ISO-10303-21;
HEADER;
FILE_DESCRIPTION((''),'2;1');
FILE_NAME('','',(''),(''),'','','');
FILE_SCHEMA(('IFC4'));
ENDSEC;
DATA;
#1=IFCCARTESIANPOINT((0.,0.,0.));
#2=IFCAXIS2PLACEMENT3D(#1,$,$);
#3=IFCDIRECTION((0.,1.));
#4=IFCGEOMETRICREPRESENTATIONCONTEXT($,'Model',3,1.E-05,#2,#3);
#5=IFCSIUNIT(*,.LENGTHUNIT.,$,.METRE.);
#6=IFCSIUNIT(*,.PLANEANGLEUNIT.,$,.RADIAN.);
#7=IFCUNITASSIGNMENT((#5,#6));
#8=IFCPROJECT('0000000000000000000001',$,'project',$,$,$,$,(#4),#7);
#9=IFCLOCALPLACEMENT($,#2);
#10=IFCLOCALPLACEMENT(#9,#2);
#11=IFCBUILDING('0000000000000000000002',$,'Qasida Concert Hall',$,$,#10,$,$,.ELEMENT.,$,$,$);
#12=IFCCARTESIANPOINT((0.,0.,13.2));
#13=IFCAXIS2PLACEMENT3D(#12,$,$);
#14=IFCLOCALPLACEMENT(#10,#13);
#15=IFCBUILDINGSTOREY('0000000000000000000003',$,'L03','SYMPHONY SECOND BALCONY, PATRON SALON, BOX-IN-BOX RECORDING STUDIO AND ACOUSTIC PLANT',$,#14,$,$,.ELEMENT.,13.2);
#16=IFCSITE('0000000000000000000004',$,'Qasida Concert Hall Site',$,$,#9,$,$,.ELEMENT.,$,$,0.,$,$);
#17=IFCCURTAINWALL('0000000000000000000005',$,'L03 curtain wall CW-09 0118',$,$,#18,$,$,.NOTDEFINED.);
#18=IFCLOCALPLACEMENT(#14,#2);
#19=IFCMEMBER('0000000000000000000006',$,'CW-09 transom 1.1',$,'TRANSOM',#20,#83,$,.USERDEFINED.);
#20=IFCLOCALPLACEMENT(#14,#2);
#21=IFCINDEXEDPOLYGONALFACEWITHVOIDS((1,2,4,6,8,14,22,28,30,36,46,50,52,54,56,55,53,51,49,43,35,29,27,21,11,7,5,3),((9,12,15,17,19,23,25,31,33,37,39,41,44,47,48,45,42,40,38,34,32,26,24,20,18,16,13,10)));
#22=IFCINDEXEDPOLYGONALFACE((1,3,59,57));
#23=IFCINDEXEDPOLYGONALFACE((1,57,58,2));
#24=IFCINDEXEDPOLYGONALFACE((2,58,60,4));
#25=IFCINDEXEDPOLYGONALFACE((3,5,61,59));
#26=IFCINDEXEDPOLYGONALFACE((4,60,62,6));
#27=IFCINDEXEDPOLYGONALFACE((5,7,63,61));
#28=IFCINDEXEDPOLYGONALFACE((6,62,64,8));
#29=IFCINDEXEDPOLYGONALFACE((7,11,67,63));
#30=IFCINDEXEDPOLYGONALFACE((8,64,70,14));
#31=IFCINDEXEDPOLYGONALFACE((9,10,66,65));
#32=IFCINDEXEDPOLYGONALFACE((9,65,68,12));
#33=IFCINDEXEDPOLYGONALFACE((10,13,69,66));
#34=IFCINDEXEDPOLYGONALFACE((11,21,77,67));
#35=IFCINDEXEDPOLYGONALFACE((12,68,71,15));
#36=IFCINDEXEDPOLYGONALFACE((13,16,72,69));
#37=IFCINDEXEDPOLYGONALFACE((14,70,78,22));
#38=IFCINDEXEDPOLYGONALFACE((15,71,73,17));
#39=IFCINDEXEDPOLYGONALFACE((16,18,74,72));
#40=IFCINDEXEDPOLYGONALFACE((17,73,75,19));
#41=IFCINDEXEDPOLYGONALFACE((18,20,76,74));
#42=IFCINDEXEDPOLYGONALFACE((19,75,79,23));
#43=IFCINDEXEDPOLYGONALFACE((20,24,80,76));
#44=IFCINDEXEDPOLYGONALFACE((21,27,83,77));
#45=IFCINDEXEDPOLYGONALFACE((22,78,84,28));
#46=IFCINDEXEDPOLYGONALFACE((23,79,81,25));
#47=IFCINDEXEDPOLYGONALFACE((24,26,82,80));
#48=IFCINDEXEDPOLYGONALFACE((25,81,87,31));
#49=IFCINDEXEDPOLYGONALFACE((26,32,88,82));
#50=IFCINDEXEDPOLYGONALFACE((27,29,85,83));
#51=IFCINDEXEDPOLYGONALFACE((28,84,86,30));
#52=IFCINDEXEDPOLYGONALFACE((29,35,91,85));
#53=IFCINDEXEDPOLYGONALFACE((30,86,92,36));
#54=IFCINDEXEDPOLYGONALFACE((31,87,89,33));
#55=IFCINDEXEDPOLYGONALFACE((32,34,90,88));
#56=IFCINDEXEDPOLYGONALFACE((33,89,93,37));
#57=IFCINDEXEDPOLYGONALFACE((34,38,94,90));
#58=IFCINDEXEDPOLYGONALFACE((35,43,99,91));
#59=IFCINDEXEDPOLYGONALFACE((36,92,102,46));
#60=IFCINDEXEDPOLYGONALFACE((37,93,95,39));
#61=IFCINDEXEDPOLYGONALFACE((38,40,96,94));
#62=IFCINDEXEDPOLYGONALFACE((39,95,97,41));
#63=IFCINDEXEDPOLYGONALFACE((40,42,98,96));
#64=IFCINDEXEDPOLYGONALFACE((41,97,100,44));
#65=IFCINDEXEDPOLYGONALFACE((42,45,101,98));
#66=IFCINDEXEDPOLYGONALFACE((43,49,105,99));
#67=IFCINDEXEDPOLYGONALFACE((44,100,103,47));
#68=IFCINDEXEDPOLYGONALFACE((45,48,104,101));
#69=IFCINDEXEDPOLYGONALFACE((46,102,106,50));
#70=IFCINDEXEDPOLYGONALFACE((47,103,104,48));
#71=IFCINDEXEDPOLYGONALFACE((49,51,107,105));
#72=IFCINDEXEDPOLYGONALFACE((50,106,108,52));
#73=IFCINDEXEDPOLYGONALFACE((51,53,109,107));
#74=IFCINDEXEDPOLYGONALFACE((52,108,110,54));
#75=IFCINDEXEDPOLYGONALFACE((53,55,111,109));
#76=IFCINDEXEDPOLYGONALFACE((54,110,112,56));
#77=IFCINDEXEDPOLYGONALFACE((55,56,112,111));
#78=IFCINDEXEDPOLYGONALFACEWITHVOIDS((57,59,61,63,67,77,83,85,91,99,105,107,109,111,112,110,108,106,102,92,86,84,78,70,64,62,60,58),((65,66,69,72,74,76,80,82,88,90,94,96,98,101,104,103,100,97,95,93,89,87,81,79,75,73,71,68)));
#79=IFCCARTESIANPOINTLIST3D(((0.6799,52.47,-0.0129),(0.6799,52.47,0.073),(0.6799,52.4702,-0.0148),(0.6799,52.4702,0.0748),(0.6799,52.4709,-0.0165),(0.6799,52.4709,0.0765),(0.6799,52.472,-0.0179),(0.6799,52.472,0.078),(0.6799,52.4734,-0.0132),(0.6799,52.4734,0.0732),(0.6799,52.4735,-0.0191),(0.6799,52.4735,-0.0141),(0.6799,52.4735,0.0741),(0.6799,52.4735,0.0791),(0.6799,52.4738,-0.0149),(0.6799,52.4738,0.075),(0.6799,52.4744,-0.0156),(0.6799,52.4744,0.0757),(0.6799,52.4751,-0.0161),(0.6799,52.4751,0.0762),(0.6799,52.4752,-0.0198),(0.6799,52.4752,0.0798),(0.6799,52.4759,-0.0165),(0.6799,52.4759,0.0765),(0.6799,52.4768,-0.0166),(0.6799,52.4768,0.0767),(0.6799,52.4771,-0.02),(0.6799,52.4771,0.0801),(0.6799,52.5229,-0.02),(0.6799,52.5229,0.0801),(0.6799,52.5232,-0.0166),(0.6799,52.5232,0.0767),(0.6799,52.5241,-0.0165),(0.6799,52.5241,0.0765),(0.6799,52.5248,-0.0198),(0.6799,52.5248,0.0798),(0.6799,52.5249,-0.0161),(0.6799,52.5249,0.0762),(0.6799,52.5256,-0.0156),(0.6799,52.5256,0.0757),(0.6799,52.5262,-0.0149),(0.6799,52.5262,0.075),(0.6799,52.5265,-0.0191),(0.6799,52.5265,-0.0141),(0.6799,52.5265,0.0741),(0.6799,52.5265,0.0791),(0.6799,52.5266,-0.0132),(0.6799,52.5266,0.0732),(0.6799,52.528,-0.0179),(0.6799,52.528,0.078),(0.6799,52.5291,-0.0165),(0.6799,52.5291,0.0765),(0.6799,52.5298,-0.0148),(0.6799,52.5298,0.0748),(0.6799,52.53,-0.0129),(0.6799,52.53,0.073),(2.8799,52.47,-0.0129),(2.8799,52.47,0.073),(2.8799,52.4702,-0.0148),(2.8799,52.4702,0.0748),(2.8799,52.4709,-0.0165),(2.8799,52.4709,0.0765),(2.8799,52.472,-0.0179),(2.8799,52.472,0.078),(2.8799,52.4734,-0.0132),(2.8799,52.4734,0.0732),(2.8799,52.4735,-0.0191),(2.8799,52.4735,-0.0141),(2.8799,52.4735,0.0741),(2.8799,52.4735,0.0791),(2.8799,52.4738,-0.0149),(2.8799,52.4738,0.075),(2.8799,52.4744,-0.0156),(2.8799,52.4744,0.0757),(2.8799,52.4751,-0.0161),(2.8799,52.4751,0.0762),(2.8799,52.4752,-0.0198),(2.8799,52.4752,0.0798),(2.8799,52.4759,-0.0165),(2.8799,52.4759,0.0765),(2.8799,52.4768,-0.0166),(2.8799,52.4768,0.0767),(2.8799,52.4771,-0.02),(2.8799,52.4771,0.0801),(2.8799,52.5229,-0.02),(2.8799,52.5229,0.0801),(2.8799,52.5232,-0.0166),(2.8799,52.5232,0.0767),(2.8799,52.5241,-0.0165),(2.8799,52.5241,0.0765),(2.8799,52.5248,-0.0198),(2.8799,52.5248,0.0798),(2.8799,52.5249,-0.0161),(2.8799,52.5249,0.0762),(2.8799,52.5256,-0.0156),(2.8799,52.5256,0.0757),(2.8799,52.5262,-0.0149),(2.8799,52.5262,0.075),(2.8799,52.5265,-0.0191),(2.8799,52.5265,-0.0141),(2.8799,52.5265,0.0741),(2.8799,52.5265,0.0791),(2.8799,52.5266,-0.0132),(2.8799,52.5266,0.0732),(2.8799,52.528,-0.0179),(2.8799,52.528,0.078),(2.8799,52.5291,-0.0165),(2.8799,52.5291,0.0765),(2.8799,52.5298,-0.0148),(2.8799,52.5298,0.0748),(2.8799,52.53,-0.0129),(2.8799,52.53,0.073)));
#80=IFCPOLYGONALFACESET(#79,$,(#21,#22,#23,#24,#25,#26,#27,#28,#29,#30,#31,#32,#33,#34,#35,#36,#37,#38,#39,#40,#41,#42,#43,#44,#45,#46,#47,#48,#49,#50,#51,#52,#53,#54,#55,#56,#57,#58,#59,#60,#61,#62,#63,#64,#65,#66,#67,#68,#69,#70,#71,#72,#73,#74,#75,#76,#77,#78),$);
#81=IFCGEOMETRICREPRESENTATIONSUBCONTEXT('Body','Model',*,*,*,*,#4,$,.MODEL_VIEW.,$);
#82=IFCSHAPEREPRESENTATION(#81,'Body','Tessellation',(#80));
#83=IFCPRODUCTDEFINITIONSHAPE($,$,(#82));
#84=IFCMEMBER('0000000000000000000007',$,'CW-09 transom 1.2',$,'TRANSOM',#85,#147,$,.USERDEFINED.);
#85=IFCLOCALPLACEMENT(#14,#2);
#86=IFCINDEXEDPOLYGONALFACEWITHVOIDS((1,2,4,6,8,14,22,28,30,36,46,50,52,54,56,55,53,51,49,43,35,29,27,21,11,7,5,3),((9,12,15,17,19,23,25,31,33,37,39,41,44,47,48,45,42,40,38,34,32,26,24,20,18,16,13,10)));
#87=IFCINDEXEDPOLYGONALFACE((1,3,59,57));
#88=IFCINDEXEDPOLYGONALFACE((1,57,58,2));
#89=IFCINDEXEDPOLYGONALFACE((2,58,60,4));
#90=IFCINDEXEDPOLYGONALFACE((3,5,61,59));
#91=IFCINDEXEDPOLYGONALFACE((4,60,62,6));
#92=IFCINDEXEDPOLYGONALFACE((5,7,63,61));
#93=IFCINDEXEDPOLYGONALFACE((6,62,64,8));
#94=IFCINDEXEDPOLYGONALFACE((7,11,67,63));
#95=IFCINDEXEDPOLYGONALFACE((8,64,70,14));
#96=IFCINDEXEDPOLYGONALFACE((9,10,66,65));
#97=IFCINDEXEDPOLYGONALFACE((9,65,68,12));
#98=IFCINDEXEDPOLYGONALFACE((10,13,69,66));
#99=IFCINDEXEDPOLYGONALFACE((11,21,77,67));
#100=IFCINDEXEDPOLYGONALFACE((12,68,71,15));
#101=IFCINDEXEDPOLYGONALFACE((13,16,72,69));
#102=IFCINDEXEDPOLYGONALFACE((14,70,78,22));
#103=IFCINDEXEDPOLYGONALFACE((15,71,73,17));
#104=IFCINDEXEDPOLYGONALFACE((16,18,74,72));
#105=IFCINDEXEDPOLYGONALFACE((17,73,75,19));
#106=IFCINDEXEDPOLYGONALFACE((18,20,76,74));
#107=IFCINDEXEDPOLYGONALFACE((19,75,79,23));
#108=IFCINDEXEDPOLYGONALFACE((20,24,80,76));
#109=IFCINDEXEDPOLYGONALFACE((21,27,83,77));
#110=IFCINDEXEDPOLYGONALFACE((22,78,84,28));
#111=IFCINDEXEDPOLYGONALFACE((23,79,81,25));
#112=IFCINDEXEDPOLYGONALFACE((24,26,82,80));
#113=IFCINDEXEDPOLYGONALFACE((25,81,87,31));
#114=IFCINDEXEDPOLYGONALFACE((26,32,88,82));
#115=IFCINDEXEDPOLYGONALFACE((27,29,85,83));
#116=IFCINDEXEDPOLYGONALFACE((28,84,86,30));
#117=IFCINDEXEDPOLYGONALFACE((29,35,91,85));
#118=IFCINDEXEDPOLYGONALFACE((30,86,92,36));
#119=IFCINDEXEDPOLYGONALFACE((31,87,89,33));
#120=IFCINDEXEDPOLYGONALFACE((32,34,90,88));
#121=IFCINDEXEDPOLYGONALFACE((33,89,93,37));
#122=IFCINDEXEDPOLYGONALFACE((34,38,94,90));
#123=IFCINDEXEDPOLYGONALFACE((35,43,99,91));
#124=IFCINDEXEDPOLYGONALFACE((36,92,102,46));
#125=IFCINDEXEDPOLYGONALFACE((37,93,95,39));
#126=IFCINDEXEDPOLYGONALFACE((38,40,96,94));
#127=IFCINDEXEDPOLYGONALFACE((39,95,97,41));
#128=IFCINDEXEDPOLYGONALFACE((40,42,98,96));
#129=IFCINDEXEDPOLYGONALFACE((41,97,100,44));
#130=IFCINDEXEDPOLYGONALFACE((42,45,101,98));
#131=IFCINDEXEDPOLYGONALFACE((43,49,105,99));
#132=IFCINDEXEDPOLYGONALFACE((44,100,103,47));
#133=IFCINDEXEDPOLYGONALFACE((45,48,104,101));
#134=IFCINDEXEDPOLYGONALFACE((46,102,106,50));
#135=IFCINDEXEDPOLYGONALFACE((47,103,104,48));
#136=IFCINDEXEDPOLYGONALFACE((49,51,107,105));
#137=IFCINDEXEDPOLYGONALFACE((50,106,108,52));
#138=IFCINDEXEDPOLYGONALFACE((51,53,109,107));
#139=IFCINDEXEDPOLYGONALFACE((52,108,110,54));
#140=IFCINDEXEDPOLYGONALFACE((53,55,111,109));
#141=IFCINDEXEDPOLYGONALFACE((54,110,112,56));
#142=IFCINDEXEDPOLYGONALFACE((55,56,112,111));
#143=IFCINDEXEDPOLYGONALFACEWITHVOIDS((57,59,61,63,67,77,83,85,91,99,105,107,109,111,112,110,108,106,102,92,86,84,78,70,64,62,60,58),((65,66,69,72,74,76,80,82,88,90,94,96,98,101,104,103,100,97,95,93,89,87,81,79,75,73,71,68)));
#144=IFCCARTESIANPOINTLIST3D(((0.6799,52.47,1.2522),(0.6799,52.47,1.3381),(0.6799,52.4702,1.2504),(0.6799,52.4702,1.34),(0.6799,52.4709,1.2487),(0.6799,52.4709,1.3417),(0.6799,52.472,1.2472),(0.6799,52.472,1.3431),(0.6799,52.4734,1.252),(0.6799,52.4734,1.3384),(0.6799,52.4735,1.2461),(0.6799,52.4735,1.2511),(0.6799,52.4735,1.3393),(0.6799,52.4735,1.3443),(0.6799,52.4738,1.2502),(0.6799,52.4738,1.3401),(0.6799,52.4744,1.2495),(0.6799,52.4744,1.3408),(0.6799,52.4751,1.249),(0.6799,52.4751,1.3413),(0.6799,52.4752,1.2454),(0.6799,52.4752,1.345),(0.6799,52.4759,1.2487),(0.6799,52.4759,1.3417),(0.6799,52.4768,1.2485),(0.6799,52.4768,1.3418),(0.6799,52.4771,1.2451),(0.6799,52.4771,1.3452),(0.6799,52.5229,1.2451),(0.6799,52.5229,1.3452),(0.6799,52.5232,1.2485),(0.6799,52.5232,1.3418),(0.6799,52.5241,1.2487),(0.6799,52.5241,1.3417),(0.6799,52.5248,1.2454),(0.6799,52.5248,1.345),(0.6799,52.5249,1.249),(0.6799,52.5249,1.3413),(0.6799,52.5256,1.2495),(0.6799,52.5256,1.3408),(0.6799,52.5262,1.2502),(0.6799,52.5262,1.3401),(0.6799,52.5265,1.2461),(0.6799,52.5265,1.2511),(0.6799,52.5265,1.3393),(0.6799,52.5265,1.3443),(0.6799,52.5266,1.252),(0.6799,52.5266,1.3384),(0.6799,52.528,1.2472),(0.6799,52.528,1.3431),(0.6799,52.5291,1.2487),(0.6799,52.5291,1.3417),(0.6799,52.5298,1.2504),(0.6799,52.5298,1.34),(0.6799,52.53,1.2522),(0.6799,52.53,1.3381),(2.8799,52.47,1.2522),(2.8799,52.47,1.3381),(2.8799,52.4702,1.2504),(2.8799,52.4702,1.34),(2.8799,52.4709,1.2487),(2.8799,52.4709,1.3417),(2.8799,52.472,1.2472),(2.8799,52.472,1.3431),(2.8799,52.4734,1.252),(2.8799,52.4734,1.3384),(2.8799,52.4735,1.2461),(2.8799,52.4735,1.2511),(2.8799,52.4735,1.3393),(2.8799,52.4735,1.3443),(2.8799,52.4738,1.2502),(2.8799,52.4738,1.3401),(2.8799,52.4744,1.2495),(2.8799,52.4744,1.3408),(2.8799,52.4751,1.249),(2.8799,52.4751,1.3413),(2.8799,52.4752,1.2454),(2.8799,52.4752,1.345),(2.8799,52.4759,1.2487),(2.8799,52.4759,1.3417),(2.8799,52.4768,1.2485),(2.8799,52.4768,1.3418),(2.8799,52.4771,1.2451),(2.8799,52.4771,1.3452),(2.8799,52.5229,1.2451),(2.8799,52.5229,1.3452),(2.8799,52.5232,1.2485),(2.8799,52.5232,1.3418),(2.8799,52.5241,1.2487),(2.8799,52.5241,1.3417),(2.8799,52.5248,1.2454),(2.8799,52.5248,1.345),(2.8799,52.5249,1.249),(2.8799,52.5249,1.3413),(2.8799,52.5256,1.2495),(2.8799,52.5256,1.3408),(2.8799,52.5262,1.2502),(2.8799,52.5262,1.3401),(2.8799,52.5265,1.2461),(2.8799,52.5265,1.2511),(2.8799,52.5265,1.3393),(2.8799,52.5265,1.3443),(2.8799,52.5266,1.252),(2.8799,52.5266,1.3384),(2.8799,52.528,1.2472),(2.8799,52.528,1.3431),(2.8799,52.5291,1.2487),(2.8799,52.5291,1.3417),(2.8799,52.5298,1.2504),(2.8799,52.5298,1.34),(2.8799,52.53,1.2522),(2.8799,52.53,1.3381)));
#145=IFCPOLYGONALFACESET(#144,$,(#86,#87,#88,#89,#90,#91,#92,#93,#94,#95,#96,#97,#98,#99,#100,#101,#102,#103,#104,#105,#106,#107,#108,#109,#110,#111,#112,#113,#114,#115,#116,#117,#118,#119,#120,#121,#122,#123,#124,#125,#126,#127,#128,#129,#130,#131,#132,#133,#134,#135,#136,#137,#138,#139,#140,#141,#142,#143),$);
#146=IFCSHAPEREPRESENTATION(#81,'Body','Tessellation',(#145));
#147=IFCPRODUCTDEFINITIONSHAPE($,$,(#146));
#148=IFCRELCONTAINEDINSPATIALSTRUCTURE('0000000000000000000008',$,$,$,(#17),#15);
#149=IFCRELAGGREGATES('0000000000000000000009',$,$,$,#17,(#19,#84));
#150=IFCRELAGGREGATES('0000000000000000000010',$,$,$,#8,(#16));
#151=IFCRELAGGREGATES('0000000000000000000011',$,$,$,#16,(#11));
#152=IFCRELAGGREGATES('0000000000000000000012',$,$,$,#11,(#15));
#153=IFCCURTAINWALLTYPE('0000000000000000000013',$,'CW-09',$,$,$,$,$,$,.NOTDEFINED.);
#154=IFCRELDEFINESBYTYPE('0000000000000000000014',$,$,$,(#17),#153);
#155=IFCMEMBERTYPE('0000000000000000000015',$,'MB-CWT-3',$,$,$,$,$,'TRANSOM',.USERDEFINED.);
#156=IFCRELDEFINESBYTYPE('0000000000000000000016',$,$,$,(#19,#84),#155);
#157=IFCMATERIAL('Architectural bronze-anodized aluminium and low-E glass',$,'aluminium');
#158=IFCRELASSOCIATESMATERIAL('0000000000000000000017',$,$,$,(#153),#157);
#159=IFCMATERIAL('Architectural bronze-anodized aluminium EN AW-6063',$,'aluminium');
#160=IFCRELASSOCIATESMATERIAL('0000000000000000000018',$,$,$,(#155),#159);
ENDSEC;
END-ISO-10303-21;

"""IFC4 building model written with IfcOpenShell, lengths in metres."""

from ifc_helpers import new_model, si_unit, direction, frame, origin, origin_2d, place, context, subcontext, project, spatial, hollow_rectangle, extrude, material, material_profile, profile_set, type_object, element, aggregate, save


model = new_model("IFC4")

# Units and contexts
model_context = context("Model", 3, precision=1e-05, world=origin(), true_north=direction((0.0, 1.0)))
body_context = subcontext(model_context, "Body", "Model", "MODEL_VIEW")
ifc_project = project(units=[si_unit("LENGTHUNIT", "METRE"), si_unit("PLANEANGLEUNIT", "RADIAN")], contexts=[model_context])

# Site, building, storey
site_placement = place(None, origin())
site = spatial("IfcSite", under=ifc_project, at=site_placement, Name="Qasida Concert Hall Site", CompositionType="ELEMENT", RefElevation=0.0)
building_placement = place(site_placement, origin())
building = spatial("IfcBuilding", under=site, at=building_placement, Name="Qasida Concert Hall", CompositionType="ELEMENT")
storey_placement = place(building_placement, frame((0.0, 0.0, 13.2)))
storey = spatial("IfcBuildingStorey", under=building, at=storey_placement, Name="L03", Description="SYMPHONY SECOND BALCONY, PATRON SALON, BOX-IN-BOX RECORDING STUDIO AND ACOUSTIC PLANT", CompositionType="ELEMENT", Elevation=13.2)

# Curtain wall
ifc_material_1 = material(Name="Architectural bronze-anodized aluminium and low-E glass", Category="aluminium")
curtain_wall_type = type_object("IfcCurtainWallType", Name="CW-09", PredefinedType="NOTDEFINED", material=ifc_material_1)
curtain_wall_1_placement = place(storey_placement, origin())
curtain_wall_1 = element("IfcCurtainWall", 1, at=curtain_wall_1_placement, inside=storey, type_object=curtain_wall_type, Name="L03 curtain wall CW-09 0118", PredefinedType="NOTDEFINED")
ifc_material_2 = material(Name="Architectural bronze-anodized aluminium EN AW-6063", Category="aluminium")

# Members
ifc_material_profile_1 = material_profile(ifc_material_2, hollow_rectangle(XDim=0.0601, YDim=0.1001, WallThickness=0.0034, InnerFilletRadius=0.0034, OuterFilletRadius=0.0071, at=origin_2d()), Name="CWT 100x60x3.5")
ifc_profile_set_1 = profile_set([ifc_material_profile_1], Name="Architectural bronze-anodized aluminium EN AW-6063")
member_type_1 = type_object("IfcMemberType", Name="MB-CWT-3", ElementType="TRANSOM", PredefinedType="USERDEFINED", material=ifc_profile_set_1)
member_1_placement = place(storey_placement, frame((0.6799, 52.5, 0.03), z_axis=(1.0, 0.0, 0.0), x_axis=(0.0, 1.0, 0.0)))
member_1 = element("IfcMember", 2, at=member_1_placement, type_object=member_type_1, Name="CW-09 transom 1.1", ObjectType="TRANSOM", PredefinedType="USERDEFINED", context=body_context, shape_type="SweptSolid", body=[
    extrude(hollow_rectangle(XDim=0.0601, YDim=0.1001, WallThickness=0.0034, InnerFilletRadius=0.0034, OuterFilletRadius=0.0071, at=origin_2d()), origin(), (0.0, 0.0, 1.0), 2.2),
])
member_2_placement = place(storey_placement, frame((0.6799, 52.5, 1.2952), z_axis=(1.0, 0.0, 0.0), x_axis=(0.0, 1.0, 0.0)))
member_2 = element("IfcMember", 3, at=member_2_placement, type_object=member_type_1, Name="CW-09 transom 1.2", ObjectType="TRANSOM", PredefinedType="USERDEFINED", context=body_context, shape_type="SweptSolid", body=[
    extrude(hollow_rectangle(XDim=0.0601, YDim=0.1001, WallThickness=0.0034, InnerFilletRadius=0.0034, OuterFilletRadius=0.0071, at=origin_2d()), origin(), (0.0, 0.0, 1.0), 2.2),
])

aggregate(curtain_wall_1, [member_1, member_2])

save(model, "model.ifc")
